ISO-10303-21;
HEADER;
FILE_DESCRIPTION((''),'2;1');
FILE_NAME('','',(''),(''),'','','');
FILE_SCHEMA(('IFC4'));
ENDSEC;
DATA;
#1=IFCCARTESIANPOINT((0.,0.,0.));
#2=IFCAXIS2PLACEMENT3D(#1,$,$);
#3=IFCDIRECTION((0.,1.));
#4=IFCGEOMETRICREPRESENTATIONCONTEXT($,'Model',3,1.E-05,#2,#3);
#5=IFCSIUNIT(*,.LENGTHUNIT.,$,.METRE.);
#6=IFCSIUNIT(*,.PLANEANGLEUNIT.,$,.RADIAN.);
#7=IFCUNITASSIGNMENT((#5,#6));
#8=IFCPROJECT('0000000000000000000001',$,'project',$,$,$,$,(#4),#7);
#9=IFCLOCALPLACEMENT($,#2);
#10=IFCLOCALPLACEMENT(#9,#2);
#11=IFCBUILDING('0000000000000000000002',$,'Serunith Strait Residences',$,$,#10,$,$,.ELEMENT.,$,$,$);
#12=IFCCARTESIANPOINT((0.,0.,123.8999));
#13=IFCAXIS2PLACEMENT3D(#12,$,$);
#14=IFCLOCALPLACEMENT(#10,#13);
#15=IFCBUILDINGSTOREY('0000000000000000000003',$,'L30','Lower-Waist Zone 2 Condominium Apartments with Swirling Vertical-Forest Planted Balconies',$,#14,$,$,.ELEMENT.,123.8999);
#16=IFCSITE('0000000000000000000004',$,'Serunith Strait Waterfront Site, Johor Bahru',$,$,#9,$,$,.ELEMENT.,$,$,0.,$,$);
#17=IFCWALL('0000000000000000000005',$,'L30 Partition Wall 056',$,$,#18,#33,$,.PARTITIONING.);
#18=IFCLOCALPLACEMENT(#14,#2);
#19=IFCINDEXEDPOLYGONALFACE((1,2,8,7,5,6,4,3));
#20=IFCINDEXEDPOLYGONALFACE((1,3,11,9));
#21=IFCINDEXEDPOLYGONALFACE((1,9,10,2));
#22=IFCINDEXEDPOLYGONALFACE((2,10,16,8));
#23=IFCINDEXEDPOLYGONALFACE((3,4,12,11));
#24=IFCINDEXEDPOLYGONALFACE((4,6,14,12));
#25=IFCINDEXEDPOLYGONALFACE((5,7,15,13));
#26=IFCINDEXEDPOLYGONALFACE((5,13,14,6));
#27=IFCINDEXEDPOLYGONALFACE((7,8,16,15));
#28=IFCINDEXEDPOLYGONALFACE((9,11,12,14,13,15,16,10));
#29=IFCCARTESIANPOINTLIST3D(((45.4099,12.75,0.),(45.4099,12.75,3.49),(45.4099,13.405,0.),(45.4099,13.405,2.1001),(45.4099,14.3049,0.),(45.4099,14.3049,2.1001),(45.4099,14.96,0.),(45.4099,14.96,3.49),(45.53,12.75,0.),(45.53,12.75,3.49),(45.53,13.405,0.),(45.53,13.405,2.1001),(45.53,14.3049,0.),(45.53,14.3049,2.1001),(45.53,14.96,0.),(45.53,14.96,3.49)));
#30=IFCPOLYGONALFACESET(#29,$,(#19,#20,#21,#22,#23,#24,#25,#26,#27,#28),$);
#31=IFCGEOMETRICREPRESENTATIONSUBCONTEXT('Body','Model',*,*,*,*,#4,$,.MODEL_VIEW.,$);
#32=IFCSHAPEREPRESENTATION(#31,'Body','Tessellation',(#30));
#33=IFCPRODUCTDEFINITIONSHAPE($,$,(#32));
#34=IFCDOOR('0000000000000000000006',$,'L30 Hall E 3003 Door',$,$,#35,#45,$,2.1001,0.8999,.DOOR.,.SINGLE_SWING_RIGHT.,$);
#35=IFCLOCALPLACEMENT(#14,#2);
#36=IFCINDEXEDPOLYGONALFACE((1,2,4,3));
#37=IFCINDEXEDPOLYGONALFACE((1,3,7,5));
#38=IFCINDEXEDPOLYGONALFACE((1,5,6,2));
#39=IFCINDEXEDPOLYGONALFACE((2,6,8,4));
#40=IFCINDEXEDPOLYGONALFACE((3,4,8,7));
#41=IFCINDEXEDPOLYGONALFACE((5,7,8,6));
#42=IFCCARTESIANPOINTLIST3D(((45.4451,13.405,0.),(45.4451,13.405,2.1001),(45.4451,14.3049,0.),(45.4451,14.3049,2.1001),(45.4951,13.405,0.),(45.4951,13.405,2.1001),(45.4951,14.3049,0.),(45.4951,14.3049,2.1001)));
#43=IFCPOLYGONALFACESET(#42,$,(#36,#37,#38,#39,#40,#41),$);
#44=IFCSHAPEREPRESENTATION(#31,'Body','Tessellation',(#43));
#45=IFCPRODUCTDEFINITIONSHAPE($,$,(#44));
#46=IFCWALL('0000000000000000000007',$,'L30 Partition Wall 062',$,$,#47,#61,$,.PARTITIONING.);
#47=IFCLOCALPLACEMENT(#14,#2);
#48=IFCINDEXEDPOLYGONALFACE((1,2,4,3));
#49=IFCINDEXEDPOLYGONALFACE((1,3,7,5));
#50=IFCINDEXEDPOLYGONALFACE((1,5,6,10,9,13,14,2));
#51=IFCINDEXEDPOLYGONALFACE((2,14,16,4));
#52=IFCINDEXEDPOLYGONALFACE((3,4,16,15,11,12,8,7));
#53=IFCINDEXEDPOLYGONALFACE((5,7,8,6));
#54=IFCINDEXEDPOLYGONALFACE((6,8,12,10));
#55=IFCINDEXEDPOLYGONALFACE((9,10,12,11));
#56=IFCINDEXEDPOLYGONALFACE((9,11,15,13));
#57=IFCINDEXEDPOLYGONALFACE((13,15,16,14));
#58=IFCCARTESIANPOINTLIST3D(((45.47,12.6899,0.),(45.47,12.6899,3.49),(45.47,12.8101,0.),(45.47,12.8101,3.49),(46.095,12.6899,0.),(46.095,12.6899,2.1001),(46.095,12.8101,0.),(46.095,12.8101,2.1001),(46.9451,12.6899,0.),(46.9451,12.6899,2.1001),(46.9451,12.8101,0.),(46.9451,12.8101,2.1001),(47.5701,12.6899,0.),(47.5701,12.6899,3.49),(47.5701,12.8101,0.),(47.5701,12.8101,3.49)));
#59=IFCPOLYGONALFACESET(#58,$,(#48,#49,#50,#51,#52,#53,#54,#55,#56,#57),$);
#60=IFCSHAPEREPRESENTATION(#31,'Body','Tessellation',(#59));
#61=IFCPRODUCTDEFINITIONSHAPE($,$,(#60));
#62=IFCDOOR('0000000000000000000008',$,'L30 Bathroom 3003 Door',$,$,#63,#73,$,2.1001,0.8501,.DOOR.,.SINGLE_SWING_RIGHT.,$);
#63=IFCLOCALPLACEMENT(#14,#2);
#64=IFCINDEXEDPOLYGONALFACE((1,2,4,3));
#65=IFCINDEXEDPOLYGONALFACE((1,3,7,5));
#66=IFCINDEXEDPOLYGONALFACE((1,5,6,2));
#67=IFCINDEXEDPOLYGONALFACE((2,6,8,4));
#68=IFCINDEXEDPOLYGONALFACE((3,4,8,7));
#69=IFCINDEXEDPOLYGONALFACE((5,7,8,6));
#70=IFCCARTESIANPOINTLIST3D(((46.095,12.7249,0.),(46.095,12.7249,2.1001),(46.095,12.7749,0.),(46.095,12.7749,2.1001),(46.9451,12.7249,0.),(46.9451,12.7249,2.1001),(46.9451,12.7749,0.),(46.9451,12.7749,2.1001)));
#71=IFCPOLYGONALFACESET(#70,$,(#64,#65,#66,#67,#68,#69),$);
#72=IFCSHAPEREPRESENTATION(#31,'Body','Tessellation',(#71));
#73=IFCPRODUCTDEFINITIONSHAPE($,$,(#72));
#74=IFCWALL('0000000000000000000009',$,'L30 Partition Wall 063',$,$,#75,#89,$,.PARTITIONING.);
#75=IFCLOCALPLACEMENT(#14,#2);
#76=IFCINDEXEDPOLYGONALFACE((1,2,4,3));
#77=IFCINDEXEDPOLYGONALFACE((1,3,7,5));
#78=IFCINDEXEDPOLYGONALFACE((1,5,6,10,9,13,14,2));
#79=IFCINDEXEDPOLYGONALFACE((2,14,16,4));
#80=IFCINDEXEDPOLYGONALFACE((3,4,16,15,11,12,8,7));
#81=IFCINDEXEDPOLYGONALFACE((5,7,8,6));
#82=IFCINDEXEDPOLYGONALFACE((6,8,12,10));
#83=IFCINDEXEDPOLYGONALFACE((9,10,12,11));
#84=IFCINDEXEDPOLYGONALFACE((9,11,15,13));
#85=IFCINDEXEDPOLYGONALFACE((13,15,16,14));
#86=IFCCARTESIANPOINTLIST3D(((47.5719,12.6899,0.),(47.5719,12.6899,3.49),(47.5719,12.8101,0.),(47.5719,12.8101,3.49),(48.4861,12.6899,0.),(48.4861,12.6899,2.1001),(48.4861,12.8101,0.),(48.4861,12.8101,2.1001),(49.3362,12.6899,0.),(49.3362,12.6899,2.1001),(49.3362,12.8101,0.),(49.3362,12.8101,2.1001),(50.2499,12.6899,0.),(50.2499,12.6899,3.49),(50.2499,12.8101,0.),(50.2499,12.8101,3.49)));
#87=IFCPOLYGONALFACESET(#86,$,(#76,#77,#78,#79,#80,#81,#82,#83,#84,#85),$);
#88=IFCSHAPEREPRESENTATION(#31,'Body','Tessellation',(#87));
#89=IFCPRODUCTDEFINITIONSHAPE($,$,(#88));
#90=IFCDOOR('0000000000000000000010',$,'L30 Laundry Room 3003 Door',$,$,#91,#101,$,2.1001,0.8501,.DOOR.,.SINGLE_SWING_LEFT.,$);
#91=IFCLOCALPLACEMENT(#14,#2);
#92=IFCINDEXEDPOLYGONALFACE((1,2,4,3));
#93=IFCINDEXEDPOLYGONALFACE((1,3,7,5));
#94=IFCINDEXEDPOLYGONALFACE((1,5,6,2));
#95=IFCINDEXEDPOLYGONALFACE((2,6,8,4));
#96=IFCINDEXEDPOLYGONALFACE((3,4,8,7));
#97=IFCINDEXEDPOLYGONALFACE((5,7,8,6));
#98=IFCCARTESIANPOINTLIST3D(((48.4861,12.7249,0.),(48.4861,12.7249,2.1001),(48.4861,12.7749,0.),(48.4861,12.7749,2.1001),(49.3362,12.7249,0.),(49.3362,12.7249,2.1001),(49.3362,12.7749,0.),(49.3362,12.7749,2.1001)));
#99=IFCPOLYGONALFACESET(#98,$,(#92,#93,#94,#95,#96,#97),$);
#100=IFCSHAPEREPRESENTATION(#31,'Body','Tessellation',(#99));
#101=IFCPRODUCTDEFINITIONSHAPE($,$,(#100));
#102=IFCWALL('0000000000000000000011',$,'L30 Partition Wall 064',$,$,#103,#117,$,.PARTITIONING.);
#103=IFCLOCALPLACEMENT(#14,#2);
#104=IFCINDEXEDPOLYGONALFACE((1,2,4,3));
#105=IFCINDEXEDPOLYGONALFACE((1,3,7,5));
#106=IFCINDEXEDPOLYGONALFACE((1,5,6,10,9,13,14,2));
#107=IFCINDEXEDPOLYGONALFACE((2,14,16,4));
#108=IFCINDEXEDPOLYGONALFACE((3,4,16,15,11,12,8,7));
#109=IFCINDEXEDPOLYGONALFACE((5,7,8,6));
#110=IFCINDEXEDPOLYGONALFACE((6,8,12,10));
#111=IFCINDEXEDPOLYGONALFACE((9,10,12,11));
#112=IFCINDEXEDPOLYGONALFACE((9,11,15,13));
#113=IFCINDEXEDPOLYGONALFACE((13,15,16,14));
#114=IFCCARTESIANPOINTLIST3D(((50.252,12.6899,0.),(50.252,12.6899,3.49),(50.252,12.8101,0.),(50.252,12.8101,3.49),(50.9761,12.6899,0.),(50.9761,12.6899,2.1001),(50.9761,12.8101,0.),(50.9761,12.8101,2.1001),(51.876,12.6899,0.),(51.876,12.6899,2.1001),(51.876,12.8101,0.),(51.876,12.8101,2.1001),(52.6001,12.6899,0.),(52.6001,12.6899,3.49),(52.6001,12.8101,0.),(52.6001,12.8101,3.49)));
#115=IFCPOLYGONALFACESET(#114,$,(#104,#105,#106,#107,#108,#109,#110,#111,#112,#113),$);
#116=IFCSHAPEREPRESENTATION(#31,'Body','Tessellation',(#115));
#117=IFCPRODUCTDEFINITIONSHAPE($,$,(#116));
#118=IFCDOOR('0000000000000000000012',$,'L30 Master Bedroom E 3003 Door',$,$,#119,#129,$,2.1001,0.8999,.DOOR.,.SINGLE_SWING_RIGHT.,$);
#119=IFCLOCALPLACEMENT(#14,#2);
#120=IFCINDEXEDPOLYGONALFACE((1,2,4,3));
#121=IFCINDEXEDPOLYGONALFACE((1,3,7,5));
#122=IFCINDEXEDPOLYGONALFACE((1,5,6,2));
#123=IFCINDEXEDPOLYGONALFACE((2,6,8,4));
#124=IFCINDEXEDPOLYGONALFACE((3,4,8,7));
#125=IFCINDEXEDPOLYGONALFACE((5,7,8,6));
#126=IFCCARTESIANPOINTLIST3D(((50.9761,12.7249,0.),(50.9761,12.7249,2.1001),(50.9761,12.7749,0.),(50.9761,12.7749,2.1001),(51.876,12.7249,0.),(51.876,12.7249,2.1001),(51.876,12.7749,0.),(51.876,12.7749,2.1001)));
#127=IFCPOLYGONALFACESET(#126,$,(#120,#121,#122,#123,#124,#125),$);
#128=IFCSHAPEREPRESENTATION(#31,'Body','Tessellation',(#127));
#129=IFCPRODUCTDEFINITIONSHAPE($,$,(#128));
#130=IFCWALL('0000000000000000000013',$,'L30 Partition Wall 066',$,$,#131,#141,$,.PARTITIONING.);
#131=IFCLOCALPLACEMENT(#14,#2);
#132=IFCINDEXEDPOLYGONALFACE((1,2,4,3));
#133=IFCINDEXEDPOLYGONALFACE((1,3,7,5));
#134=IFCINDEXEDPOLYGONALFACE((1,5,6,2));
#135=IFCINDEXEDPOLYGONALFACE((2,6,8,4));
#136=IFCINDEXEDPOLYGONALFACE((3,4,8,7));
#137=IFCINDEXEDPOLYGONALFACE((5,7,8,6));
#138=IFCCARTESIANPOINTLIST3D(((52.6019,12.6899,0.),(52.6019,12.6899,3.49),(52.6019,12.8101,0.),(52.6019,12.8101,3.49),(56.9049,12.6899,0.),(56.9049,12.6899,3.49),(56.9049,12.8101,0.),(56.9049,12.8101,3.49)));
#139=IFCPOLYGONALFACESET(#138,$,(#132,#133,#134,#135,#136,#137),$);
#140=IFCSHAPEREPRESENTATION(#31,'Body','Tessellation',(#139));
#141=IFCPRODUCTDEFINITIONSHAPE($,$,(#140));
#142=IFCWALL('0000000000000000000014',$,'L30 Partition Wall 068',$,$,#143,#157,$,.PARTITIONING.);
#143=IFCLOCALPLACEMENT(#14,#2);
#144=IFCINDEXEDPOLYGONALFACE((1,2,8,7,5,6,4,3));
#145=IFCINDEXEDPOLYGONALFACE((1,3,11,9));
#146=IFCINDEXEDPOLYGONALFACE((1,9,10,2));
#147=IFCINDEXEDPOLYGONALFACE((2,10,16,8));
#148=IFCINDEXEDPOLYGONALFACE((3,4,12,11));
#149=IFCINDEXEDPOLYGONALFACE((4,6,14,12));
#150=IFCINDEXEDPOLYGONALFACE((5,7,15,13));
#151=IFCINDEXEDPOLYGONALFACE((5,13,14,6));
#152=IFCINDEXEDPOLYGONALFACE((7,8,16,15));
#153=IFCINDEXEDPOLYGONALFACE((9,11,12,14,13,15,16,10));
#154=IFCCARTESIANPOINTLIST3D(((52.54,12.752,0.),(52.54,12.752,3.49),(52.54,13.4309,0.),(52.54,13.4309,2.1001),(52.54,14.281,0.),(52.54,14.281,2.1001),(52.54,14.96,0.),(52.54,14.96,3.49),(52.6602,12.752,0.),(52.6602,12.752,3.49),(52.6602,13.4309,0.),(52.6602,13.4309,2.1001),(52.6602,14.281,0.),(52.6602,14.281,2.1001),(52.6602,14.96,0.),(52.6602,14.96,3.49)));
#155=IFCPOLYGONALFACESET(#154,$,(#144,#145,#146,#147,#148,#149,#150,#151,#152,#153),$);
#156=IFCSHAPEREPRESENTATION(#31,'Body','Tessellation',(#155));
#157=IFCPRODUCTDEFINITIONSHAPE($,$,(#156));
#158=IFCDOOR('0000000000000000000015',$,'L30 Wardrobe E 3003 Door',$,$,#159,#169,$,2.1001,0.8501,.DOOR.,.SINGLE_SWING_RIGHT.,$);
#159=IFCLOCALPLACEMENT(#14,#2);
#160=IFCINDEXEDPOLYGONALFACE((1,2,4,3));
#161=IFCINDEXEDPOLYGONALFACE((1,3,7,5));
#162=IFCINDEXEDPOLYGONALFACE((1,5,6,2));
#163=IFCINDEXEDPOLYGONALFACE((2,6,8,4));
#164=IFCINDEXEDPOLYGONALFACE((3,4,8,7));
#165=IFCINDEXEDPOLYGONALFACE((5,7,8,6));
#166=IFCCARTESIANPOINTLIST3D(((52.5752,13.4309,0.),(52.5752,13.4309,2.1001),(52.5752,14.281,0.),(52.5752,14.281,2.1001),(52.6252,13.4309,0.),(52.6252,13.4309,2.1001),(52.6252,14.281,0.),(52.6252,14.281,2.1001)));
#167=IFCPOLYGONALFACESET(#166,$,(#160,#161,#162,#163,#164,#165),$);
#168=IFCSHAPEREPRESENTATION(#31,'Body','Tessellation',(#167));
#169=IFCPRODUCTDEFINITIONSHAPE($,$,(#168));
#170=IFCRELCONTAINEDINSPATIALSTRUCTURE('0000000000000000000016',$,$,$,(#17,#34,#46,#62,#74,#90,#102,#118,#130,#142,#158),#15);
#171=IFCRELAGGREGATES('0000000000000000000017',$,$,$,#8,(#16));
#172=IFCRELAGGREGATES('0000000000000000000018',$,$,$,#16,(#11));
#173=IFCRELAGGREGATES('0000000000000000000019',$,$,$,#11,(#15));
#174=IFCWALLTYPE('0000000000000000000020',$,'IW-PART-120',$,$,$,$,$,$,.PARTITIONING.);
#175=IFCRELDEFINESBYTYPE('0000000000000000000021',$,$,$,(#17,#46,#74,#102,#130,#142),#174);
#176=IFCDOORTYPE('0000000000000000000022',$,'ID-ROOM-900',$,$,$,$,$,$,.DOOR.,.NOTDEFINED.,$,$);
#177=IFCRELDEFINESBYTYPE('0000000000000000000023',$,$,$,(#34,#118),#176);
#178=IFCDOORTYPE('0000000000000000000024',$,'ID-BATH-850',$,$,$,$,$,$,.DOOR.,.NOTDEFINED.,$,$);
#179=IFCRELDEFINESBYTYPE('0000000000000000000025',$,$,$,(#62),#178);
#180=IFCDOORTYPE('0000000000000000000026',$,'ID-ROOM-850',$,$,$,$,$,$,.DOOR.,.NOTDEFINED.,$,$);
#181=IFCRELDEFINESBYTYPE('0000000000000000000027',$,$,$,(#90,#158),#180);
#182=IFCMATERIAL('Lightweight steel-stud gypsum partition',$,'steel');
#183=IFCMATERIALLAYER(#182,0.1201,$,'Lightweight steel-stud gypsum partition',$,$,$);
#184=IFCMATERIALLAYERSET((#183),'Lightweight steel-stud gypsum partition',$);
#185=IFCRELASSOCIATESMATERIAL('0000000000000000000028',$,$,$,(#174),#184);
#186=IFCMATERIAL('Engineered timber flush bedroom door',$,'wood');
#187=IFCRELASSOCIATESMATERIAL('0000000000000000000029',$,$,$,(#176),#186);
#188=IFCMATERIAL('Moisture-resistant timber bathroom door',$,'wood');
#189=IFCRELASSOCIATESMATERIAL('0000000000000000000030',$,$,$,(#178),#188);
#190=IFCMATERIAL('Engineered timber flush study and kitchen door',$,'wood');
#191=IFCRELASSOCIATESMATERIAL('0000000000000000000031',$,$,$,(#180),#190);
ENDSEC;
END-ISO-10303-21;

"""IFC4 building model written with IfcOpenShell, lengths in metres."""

from ifc_helpers import new_model, si_unit, direction, frame, frame_2d, origin, place, context, subcontext, project, spatial, rectangle, extrude, source, transform, mapped, material, layer, layer_set, type_object, element, fill, save


model = new_model("IFC4")

# Units and contexts
model_context = context("Model", 3, precision=1e-05, world=origin(), true_north=direction((0.0, 1.0)))
body_context = subcontext(model_context, "Body", "Model", "MODEL_VIEW")
ifc_project = project(units=[si_unit("LENGTHUNIT", "METRE"), si_unit("PLANEANGLEUNIT", "RADIAN")], contexts=[model_context])

# Site, building, storey
site_placement = place(None, origin())
site = spatial("IfcSite", under=ifc_project, at=site_placement, Name="Serunith Strait Waterfront Site, Johor Bahru", CompositionType="ELEMENT", RefElevation=0.0)
building_placement = place(site_placement, origin())
building = spatial("IfcBuilding", under=site, at=building_placement, Name="Serunith Strait Residences", CompositionType="ELEMENT")
storey_placement = place(building_placement, frame((0.0, 0.0, 123.8999)))
storey = spatial("IfcBuildingStorey", under=building, at=storey_placement, Name="L30", Description="Lower-Waist Zone 2 Condominium Apartments with Swirling Vertical-Forest Planted Balconies", CompositionType="ELEMENT", Elevation=123.8999)

# Walls, openings, doors
ifc_material_1 = material(Name="Lightweight steel-stud gypsum partition", Category="steel")
ifc_layer_1 = layer(ifc_material_1, 0.1201, Name="Lightweight steel-stud gypsum partition")
ifc_layer_set_1 = layer_set([ifc_layer_1], Name="Lightweight steel-stud gypsum partition")
wall_type = type_object("IfcWallType", Name="IW-PART-120", PredefinedType="PARTITIONING", material=ifc_layer_set_1)
wall_1_placement = place(storey_placement, frame((45.47, 12.75, 0.0), z_axis=(0.0, 0.0, 1.0), x_axis=(0.0, 1.0, 0.0)))
wall_1 = element("IfcWall", 1, at=wall_1_placement, inside=storey, type_object=wall_type, Name="L30 Partition Wall 056", PredefinedType="PARTITIONING", context=body_context, shape_type="SweptSolid", body=[
    extrude(rectangle(XDim=2.21, YDim=0.1201, at=frame_2d((1.105, 0.0))), origin(), (0.0, 0.0, 1.0), 3.49),
])
opening_1_placement = place(wall_1_placement, frame((0.655, 0.0, 0.0)))
opening_1 = element("IfcOpeningElement", 2, at=opening_1_placement, cuts=wall_1, PredefinedType="OPENING", context=body_context, shape_type="SweptSolid", body=[
    extrude(rectangle(XDim=0.8999, YDim=2.1001, at=frame_2d((0.45, 1.05))), frame((0.0, 0.0701, 0.0), z_axis=(0.0, -1.0, 0.0), x_axis=(1.0, 0.0, 0.0)), (0.0, 0.0, 1.0), 0.1401),
])
ifc_material_2 = material(Name="Engineered timber flush bedroom door", Category="wood")
door_type_1 = type_object("IfcDoorType", Name="ID-ROOM-900", OperationType="NOTDEFINED", PredefinedType="DOOR", material=ifc_material_2)
shared_shape_1 = source(origin(), body_context, "Body", "SweptSolid", [
    extrude(rectangle(XDim=0.8999, YDim=2.1001, at=frame_2d((0.45, 1.05))), frame((0.0, 0.0249, 0.0), z_axis=(0.0, -1.0, 0.0), x_axis=(1.0, 0.0, 0.0)), (0.0, 0.0, 1.0), 0.05),
])
door_1_placement = place(opening_1_placement, origin())
door_1 = element("IfcDoor", 3, at=door_1_placement, inside=storey, type_object=door_type_1, Name="L30 Hall E 3003 Door", OperationType="SINGLE_SWING_RIGHT", OverallHeight=2.1001, OverallWidth=0.8999, PredefinedType="DOOR", context=body_context, shape_type="MappedRepresentation", body=[
    mapped(shared_shape_1, transform((0.0, 0.0, 0.0), scale=1.0)),
])
fill(opening_1, door_1)
wall_2_placement = place(storey_placement, frame((45.47, 12.75, 0.0), z_axis=(0.0, 0.0, 1.0), x_axis=(1.0, 0.0, 0.0)))
wall_2 = element("IfcWall", 4, at=wall_2_placement, inside=storey, type_object=wall_type, Name="L30 Partition Wall 062", PredefinedType="PARTITIONING", context=body_context, shape_type="SweptSolid", body=[
    extrude(rectangle(XDim=2.1001, YDim=0.1201, at=frame_2d((1.05, 0.0))), origin(), (0.0, 0.0, 1.0), 3.49),
])
opening_2_placement = place(wall_2_placement, frame((0.625, 0.0, 0.0)))
opening_2 = element("IfcOpeningElement", 5, at=opening_2_placement, cuts=wall_2, PredefinedType="OPENING", context=body_context, shape_type="SweptSolid", body=[
    extrude(rectangle(XDim=0.8501, YDim=2.1001, at=frame_2d((0.425, 1.05))), frame((0.0, 0.0701, 0.0), z_axis=(0.0, -1.0, 0.0), x_axis=(1.0, 0.0, 0.0)), (0.0, 0.0, 1.0), 0.1401),
])
ifc_material_3 = material(Name="Moisture-resistant timber bathroom door", Category="wood")
door_type_2 = type_object("IfcDoorType", Name="ID-BATH-850", OperationType="NOTDEFINED", PredefinedType="DOOR", material=ifc_material_3)
shared_shape_2 = source(origin(), body_context, "Body", "SweptSolid", [
    extrude(rectangle(XDim=0.8501, YDim=2.1001, at=frame_2d((0.425, 1.05))), frame((0.0, 0.0249, 0.0), z_axis=(0.0, -1.0, 0.0), x_axis=(1.0, 0.0, 0.0)), (0.0, 0.0, 1.0), 0.05),
])
door_2_placement = place(opening_2_placement, origin())
door_2 = element("IfcDoor", 6, at=door_2_placement, inside=storey, type_object=door_type_2, Name="L30 Bathroom 3003 Door", OperationType="SINGLE_SWING_RIGHT", OverallHeight=2.1001, OverallWidth=0.8501, PredefinedType="DOOR", context=body_context, shape_type="MappedRepresentation", body=[
    mapped(shared_shape_2, transform((0.0, 0.0, 0.0), scale=1.0)),
])
fill(opening_2, door_2)
wall_3_placement = place(storey_placement, frame((47.572, 12.75, 0.0), z_axis=(0.0, 0.0, 1.0), x_axis=(1.0, 0.0, 0.0)))
wall_3 = element("IfcWall", 7, at=wall_3_placement, inside=storey, type_object=wall_type, Name="L30 Partition Wall 063", PredefinedType="PARTITIONING", context=body_context, shape_type="SweptSolid", body=[
    extrude(rectangle(XDim=2.678, YDim=0.1201, at=frame_2d((1.3389, 0.0))), origin(), (0.0, 0.0, 1.0), 3.49),
])
opening_3_placement = place(wall_3_placement, frame((0.9141, 0.0, 0.0)))
opening_3 = element("IfcOpeningElement", 8, at=opening_3_placement, cuts=wall_3, PredefinedType="OPENING", context=body_context, shape_type="SweptSolid", body=[
    extrude(rectangle(XDim=0.8501, YDim=2.1001, at=frame_2d((0.425, 1.05))), frame((0.0, 0.0701, 0.0), z_axis=(0.0, -1.0, 0.0), x_axis=(1.0, 0.0, 0.0)), (0.0, 0.0, 1.0), 0.1401),
])
ifc_material_4 = material(Name="Engineered timber flush study and kitchen door", Category="wood")
door_type_3 = type_object("IfcDoorType", Name="ID-ROOM-850", OperationType="NOTDEFINED", PredefinedType="DOOR", material=ifc_material_4)
door_3_placement = place(opening_3_placement, origin())
door_3 = element("IfcDoor", 9, at=door_3_placement, inside=storey, type_object=door_type_3, Name="L30 Laundry Room 3003 Door", OperationType="SINGLE_SWING_LEFT", OverallHeight=2.1001, OverallWidth=0.8501, PredefinedType="DOOR", context=body_context, shape_type="MappedRepresentation", body=[
    mapped(shared_shape_2, transform((0.0, 0.0, 0.0), scale=1.0)),
])
fill(opening_3, door_3)
wall_4_placement = place(storey_placement, frame((50.252, 12.75, 0.0), z_axis=(0.0, 0.0, 1.0), x_axis=(1.0, 0.0, 0.0)))
wall_4 = element("IfcWall", 10, at=wall_4_placement, inside=storey, type_object=wall_type, Name="L30 Partition Wall 064", PredefinedType="PARTITIONING", context=body_context, shape_type="SweptSolid", body=[
    extrude(rectangle(XDim=2.3481, YDim=0.1201, at=frame_2d((1.1741, 0.0))), origin(), (0.0, 0.0, 1.0), 3.49),
])
opening_4_placement = place(wall_4_placement, frame((0.7241, 0.0, 0.0)))
opening_4 = element("IfcOpeningElement", 11, at=opening_4_placement, cuts=wall_4, PredefinedType="OPENING", context=body_context, shape_type="SweptSolid", body=[
    extrude(rectangle(XDim=0.8999, YDim=2.1001, at=frame_2d((0.45, 1.05))), frame((0.0, 0.0701, 0.0), z_axis=(0.0, -1.0, 0.0), x_axis=(1.0, 0.0, 0.0)), (0.0, 0.0, 1.0), 0.1401),
])
door_4_placement = place(opening_4_placement, origin())
door_4 = element("IfcDoor", 12, at=door_4_placement, inside=storey, type_object=door_type_1, Name="L30 Master Bedroom E 3003 Door", OperationType="SINGLE_SWING_RIGHT", OverallHeight=2.1001, OverallWidth=0.8999, PredefinedType="DOOR", context=body_context, shape_type="MappedRepresentation", body=[
    mapped(shared_shape_1, transform((0.0, 0.0, 0.0), scale=1.0)),
])
fill(opening_4, door_4)

# Wall
wall_5_placement = place(storey_placement, frame((52.6021, 12.75, 0.0), z_axis=(0.0, 0.0, 1.0), x_axis=(1.0, 0.0, 0.0)))
element("IfcWall", 13, at=wall_5_placement, inside=storey, type_object=wall_type, Name="L30 Partition Wall 066", PredefinedType="PARTITIONING", context=body_context, shape_type="SweptSolid", body=[
    extrude(rectangle(XDim=4.303, YDim=0.1201, at=frame_2d((2.1514, 0.0))), origin(), (0.0, 0.0, 1.0), 3.49),
])

# Wall, opening, door
wall_6_placement = place(storey_placement, frame((52.6001, 12.752, 0.0), z_axis=(0.0, 0.0, 1.0), x_axis=(0.0, 1.0, 0.0)))
wall_6 = element("IfcWall", 14, at=wall_6_placement, inside=storey, type_object=wall_type, Name="L30 Partition Wall 068", PredefinedType="PARTITIONING", context=body_context, shape_type="SweptSolid", body=[
    extrude(rectangle(XDim=2.208, YDim=0.1201, at=frame_2d((1.104, 0.0))), origin(), (0.0, 0.0, 1.0), 3.49),
])
opening_5_placement = place(wall_6_placement, frame((0.679, 0.0, 0.0)))
opening_5 = element("IfcOpeningElement", 15, at=opening_5_placement, cuts=wall_6, PredefinedType="OPENING", context=body_context, shape_type="SweptSolid", body=[
    extrude(rectangle(XDim=0.8501, YDim=2.1001, at=frame_2d((0.425, 1.05))), frame((0.0, 0.0701, 0.0), z_axis=(0.0, -1.0, 0.0), x_axis=(1.0, 0.0, 0.0)), (0.0, 0.0, 1.0), 0.1401),
])
door_5_placement = place(opening_5_placement, origin())
door_5 = element("IfcDoor", 16, at=door_5_placement, inside=storey, type_object=door_type_3, Name="L30 Wardrobe E 3003 Door", OperationType="SINGLE_SWING_RIGHT", OverallHeight=2.1001, OverallWidth=0.8501, PredefinedType="DOOR", context=body_context, shape_type="MappedRepresentation", body=[
    mapped(shared_shape_2, transform((0.0, 0.0, 0.0), scale=1.0)),
])
fill(opening_5, door_5)

save(model, "model.ifc")
